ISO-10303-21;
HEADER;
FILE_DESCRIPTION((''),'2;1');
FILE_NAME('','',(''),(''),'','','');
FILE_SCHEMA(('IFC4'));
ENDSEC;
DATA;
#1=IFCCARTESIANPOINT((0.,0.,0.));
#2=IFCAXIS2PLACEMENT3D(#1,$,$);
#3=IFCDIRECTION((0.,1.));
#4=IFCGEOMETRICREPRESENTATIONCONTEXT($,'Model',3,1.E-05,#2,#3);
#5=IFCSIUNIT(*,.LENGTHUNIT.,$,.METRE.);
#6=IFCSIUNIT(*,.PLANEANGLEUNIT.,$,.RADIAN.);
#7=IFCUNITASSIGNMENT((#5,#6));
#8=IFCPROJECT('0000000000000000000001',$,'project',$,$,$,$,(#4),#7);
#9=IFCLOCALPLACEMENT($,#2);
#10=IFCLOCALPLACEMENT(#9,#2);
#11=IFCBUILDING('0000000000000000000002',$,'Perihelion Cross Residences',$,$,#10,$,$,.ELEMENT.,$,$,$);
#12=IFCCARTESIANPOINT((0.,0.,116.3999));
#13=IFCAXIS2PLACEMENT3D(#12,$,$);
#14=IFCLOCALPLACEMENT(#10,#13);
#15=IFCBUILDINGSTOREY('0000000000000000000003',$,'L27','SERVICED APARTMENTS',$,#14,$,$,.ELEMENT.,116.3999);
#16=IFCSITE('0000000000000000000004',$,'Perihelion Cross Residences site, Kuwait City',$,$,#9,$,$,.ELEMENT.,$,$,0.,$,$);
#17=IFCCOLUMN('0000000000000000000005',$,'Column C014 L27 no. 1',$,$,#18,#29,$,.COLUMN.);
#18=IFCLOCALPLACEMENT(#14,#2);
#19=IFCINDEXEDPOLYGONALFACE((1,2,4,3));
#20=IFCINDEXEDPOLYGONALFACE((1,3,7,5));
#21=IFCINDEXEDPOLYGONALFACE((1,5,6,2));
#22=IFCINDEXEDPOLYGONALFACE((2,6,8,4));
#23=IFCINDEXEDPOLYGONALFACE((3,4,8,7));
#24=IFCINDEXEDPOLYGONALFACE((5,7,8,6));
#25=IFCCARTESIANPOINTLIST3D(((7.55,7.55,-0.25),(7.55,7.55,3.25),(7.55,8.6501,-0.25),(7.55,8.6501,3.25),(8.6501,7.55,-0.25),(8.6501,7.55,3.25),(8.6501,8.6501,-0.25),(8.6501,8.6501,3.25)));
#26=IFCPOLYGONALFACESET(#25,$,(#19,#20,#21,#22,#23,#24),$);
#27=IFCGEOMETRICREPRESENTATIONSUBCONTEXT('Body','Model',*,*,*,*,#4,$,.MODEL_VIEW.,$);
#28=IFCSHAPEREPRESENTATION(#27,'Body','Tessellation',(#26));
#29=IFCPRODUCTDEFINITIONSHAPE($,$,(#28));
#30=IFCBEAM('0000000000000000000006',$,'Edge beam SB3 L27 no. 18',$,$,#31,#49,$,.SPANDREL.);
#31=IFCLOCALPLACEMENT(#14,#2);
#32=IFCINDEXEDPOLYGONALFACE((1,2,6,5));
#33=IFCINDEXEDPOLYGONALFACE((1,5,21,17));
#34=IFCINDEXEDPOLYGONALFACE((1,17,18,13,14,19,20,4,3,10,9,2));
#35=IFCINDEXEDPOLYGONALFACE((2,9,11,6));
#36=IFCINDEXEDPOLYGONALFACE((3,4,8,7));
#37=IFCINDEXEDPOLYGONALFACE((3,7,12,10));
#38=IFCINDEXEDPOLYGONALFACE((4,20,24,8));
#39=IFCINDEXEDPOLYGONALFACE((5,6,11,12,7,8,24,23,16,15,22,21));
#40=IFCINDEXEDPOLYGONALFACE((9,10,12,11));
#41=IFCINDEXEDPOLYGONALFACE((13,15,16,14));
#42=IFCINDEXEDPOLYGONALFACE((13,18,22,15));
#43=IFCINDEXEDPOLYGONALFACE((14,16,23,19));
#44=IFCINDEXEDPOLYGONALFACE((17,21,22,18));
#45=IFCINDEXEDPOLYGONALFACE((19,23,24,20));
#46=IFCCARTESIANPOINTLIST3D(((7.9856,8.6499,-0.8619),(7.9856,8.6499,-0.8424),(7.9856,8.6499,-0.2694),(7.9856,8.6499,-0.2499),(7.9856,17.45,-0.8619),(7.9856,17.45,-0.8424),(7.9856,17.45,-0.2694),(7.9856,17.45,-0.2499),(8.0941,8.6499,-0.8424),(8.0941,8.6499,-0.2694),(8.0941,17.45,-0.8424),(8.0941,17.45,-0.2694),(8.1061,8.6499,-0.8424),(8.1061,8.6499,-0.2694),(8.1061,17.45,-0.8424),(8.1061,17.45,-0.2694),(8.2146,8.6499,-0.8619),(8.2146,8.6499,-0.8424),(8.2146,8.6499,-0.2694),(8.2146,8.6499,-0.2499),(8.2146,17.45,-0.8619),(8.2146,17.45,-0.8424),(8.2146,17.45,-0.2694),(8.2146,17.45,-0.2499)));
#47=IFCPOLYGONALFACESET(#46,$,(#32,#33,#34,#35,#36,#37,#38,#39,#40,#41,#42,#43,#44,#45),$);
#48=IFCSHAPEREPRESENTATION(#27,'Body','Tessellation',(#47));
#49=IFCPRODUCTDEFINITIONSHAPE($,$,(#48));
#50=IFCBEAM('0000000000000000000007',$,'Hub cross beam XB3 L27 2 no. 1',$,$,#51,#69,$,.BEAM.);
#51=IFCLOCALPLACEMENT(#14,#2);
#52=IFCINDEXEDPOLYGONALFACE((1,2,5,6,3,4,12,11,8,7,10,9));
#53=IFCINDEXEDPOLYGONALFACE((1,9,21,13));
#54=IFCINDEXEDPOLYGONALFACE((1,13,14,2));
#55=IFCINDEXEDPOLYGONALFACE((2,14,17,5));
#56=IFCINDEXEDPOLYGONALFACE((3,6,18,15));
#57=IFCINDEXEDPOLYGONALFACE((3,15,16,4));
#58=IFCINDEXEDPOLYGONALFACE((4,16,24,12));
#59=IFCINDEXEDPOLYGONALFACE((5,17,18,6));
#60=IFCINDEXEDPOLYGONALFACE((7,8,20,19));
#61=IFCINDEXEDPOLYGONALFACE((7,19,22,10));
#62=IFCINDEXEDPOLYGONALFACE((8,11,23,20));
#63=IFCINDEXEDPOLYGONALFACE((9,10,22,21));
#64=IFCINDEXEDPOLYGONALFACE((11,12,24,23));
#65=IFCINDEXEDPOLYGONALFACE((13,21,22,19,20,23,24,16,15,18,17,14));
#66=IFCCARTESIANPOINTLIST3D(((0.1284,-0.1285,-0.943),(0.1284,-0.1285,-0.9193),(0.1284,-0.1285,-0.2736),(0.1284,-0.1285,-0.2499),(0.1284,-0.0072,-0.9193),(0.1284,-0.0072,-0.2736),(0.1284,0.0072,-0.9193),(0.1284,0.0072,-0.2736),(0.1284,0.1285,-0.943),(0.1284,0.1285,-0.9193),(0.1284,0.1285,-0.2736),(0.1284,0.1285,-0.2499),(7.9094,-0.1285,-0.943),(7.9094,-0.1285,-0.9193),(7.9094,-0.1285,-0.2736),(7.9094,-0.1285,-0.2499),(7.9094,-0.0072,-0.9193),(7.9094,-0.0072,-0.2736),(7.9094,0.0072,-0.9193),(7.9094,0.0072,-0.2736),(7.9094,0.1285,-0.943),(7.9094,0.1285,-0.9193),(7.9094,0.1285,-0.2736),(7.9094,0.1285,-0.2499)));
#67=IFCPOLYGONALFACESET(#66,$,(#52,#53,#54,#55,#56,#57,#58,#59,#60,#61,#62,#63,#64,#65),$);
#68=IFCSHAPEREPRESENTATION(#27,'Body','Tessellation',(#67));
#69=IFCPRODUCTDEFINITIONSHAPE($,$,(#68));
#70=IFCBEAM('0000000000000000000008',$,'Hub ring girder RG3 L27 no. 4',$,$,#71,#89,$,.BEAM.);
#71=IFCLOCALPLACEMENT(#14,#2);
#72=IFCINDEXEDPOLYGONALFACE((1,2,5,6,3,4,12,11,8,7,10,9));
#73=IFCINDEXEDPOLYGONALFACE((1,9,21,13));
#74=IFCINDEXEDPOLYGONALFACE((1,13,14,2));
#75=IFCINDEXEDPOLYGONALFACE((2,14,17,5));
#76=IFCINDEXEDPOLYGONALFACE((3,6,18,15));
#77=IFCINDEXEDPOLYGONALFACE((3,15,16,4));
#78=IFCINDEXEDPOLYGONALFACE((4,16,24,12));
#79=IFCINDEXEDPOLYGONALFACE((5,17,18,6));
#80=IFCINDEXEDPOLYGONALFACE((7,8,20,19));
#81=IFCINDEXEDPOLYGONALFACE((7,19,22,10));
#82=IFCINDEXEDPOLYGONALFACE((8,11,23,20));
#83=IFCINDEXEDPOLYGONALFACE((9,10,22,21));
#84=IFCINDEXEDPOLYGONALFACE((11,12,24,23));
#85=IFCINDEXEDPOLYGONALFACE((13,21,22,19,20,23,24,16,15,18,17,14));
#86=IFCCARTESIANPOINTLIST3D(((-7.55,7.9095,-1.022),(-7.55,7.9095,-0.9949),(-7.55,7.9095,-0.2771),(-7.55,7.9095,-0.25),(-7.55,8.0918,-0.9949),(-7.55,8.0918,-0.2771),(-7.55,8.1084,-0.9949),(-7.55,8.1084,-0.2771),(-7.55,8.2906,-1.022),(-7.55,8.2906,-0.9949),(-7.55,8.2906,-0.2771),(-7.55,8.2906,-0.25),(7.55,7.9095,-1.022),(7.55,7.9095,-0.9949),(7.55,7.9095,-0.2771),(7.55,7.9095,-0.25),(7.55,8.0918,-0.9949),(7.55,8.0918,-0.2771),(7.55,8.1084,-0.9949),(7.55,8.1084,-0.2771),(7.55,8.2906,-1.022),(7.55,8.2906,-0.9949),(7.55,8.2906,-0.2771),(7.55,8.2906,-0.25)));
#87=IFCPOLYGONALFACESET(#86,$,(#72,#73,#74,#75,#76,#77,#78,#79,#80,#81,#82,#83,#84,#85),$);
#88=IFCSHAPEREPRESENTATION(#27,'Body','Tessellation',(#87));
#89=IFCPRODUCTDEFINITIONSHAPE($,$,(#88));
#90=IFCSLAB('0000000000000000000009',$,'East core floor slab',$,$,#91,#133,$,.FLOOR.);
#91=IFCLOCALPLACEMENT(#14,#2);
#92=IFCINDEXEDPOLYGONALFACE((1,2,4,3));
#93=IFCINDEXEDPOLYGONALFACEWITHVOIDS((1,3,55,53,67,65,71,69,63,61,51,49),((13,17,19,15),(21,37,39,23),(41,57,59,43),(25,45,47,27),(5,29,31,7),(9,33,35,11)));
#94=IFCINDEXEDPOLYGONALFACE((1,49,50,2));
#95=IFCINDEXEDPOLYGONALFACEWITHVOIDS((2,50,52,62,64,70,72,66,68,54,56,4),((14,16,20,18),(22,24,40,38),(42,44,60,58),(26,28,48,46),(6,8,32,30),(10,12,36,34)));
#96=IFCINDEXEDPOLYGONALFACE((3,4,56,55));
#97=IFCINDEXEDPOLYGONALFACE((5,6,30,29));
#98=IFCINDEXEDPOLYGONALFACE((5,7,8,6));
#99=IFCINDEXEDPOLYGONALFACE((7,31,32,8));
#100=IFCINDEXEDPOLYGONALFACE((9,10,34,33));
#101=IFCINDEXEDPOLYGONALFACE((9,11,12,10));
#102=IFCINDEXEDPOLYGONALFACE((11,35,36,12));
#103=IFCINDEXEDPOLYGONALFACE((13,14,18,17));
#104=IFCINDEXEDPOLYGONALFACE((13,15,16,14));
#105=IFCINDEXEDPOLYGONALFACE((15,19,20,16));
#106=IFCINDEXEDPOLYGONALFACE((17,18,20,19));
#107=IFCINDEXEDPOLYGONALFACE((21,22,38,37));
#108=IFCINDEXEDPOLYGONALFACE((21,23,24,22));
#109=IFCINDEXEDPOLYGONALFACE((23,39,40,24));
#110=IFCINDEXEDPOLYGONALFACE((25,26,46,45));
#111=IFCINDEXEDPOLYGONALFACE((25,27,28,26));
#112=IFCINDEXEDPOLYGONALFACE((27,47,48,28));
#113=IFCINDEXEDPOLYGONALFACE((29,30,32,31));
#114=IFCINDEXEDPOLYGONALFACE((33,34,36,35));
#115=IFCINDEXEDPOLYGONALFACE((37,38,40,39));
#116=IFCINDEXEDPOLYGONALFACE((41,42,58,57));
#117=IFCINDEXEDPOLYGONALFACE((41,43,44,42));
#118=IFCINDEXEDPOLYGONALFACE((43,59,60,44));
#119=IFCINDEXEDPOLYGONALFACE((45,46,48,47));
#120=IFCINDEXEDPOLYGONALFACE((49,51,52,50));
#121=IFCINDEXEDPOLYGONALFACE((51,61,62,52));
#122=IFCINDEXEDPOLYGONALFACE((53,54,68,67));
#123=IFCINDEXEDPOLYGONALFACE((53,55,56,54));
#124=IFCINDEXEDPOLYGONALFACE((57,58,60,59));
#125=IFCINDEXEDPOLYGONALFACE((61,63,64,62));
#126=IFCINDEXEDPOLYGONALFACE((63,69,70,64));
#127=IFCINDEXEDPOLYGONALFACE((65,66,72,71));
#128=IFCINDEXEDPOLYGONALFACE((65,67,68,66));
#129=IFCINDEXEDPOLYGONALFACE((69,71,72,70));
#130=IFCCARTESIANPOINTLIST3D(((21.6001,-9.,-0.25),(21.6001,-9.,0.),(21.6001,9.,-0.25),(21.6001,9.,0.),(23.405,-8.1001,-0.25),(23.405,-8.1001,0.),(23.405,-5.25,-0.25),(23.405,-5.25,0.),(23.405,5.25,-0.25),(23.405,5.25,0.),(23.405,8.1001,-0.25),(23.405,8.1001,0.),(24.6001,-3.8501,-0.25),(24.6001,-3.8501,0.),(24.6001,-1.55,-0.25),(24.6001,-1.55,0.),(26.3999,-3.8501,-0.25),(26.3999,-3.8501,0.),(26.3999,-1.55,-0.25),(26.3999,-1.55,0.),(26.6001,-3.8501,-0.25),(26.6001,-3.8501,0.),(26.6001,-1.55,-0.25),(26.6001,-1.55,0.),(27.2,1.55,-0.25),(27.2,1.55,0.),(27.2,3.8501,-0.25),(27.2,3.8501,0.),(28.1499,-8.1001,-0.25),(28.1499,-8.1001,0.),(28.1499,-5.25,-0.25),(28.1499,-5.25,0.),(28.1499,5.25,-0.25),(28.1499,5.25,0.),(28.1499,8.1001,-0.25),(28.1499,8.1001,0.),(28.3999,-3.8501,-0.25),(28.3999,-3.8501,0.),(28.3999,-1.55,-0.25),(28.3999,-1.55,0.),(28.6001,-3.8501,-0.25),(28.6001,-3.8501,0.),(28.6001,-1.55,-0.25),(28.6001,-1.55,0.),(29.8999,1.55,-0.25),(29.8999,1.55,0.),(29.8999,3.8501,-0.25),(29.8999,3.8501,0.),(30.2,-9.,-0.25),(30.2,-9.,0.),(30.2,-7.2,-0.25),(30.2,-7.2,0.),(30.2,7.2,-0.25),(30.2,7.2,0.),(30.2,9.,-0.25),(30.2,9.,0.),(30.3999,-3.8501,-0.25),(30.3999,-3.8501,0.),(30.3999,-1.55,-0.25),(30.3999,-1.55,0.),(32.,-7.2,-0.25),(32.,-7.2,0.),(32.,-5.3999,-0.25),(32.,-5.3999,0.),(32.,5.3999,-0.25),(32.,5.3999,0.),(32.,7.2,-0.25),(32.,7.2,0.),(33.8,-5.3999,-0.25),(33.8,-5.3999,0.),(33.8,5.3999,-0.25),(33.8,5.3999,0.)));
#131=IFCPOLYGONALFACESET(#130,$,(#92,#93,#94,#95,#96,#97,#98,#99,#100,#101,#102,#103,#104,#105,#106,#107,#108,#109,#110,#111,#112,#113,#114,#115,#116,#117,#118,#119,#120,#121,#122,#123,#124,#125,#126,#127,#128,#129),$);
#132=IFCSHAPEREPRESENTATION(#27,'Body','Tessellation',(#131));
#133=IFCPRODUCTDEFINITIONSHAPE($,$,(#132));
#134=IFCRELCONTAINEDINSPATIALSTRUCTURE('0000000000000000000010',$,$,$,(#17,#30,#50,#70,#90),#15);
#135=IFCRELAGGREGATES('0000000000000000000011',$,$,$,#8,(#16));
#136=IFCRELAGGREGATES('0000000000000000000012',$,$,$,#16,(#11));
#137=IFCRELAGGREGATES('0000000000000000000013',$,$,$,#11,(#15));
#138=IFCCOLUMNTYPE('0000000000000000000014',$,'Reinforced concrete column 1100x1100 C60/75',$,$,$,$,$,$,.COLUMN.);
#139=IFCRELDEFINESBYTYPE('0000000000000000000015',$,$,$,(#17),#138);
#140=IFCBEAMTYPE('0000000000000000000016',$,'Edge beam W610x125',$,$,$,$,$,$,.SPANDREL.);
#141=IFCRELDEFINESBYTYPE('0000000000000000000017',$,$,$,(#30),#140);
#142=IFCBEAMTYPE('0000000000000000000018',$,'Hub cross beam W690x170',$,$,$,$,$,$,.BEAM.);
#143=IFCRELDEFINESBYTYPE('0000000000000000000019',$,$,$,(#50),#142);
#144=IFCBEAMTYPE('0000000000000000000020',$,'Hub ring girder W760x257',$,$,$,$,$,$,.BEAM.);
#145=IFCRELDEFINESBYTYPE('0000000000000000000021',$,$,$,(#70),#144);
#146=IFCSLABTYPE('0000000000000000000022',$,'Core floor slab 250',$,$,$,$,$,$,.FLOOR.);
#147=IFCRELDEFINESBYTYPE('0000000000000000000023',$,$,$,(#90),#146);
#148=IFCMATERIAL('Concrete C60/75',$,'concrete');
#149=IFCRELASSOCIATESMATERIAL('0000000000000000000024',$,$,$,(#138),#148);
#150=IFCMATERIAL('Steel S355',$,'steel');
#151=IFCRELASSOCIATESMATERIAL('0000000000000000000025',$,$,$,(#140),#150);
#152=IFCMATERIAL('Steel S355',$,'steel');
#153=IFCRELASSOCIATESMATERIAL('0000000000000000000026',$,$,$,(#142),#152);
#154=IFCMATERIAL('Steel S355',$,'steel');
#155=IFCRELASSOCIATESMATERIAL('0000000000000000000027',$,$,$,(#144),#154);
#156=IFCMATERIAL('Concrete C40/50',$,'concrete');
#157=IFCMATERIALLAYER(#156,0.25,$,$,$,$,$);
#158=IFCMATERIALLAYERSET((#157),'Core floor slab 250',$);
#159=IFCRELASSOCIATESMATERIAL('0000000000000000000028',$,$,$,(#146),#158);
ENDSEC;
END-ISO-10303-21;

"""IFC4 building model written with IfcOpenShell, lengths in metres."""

from ifc_helpers import new_model, si_unit, direction, frame, origin, origin_2d, place, context, subcontext, project, spatial, polyline, rectangle, i_section, outline, extrude, material, layer, layer_set, material_profile, profile_set, type_object, element, save


model = new_model("IFC4")

# Units and contexts
model_context = context("Model", 3, precision=1e-05, world=origin(), true_north=direction((0.0, 1.0)))
body_context = subcontext(model_context, "Body", "Model", "MODEL_VIEW")
ifc_project = project(units=[si_unit("LENGTHUNIT", "METRE"), si_unit("PLANEANGLEUNIT", "RADIAN")], contexts=[model_context])

# Site, building, storey
site_placement = place(None, origin())
site = spatial("IfcSite", under=ifc_project, at=site_placement, Name="Perihelion Cross Residences site, Kuwait City", CompositionType="ELEMENT", RefElevation=0.0)
building_placement = place(site_placement, origin())
building = spatial("IfcBuilding", under=site, at=building_placement, Name="Perihelion Cross Residences", CompositionType="ELEMENT")
storey_placement = place(building_placement, frame((0.0, 0.0, 116.3999)))
storey = spatial("IfcBuildingStorey", under=building, at=storey_placement, Name="L27", Description="SERVICED APARTMENTS", CompositionType="ELEMENT", Elevation=116.3999)

# Column
ifc_material_1 = material(Name="Concrete C60/75", Category="concrete")
ifc_material_profile_1 = material_profile(ifc_material_1, rectangle(XDim=1.1001, YDim=1.1001, at=origin_2d()), Name="RC 1100x1100")
ifc_profile_set_1 = profile_set([ifc_material_profile_1], Name="Concrete C60/75")
column_type = type_object("IfcColumnType", Name="Reinforced concrete column 1100x1100 C60/75", PredefinedType="COLUMN", material=ifc_profile_set_1)
column_placement = place(storey_placement, frame((8.1001, 8.1001, -0.25), z_axis=(0.0, 0.0, 1.0), x_axis=(1.0, 0.0, 0.0)))
element("IfcColumn", 1, at=column_placement, inside=storey, type_object=column_type, Name="Column C014 L27 no. 1", PredefinedType="COLUMN", context=body_context, shape_type="SweptSolid", body=[
    extrude(rectangle(XDim=1.1001, YDim=1.1001, at=origin_2d()), origin(), (0.0, 0.0, 1.0), 3.5),
])

# Beams
ifc_material_2 = material(Name="Steel S355", Category="steel")
ifc_material_profile_2 = material_profile(ifc_material_2, i_section(OverallWidth=0.229, OverallDepth=0.6121, WebThickness=0.012, FlangeThickness=0.0195, at=origin_2d()), Name="W610x125")
ifc_profile_set_2 = profile_set([ifc_material_profile_2], Name="Steel S355")
beam_type_1 = type_object("IfcBeamType", Name="Edge beam W610x125", PredefinedType="SPANDREL", material=ifc_profile_set_2)
beam_1_placement = place(storey_placement, frame((8.1001, 8.6499, -0.5559), z_axis=(0.0, 1.0, 0.0), x_axis=(-1.0, 0.0, 0.0)))
element("IfcBeam", 2, at=beam_1_placement, inside=storey, type_object=beam_type_1, Name="Edge beam SB3 L27 no. 18", PredefinedType="SPANDREL", context=body_context, shape_type="SweptSolid", body=[
    extrude(i_section(OverallWidth=0.229, OverallDepth=0.6121, WebThickness=0.012, FlangeThickness=0.0195, at=origin_2d()), origin(), (0.0, 0.0, 1.0), 8.8),
])
ifc_material_3 = material(Name="Steel S355", Category="steel")
ifc_material_profile_3 = material_profile(ifc_material_3, i_section(OverallWidth=0.2571, OverallDepth=0.6931, WebThickness=0.0144, FlangeThickness=0.0237, at=origin_2d()), Name="W690x170")
ifc_profile_set_3 = profile_set([ifc_material_profile_3], Name="Steel S355")
beam_type_2 = type_object("IfcBeamType", Name="Hub cross beam W690x170", PredefinedType="BEAM", material=ifc_profile_set_3)
beam_2_placement = place(storey_placement, frame((0.1284, 0.0, -0.5964), z_axis=(1.0, 0.0, 0.0), x_axis=(0.0, 1.0, 0.0)))
element("IfcBeam", 3, at=beam_2_placement, inside=storey, type_object=beam_type_2, Name="Hub cross beam XB3 L27 2 no. 1", PredefinedType="BEAM", context=body_context, shape_type="SweptSolid", body=[
    extrude(i_section(OverallWidth=0.2571, OverallDepth=0.6931, WebThickness=0.0144, FlangeThickness=0.0237, at=origin_2d()), origin(), (0.0, 0.0, 1.0), 7.781),
])
ifc_material_4 = material(Name="Steel S355", Category="steel")
ifc_material_profile_4 = material_profile(ifc_material_4, i_section(OverallWidth=0.3811, OverallDepth=0.772, WebThickness=0.0166, FlangeThickness=0.0271, at=origin_2d()), Name="W760x257")
ifc_profile_set_4 = profile_set([ifc_material_profile_4], Name="Steel S355")
beam_type_3 = type_object("IfcBeamType", Name="Hub ring girder W760x257", PredefinedType="BEAM", material=ifc_profile_set_4)
beam_3_placement = place(storey_placement, frame((7.55, 8.1001, -0.636), z_axis=(-1.0, 0.0, 0.0), x_axis=(0.0, -1.0, 0.0)))
element("IfcBeam", 4, at=beam_3_placement, inside=storey, type_object=beam_type_3, Name="Hub ring girder RG3 L27 no. 4", PredefinedType="BEAM", context=body_context, shape_type="SweptSolid", body=[
    extrude(i_section(OverallWidth=0.3811, OverallDepth=0.772, WebThickness=0.0166, FlangeThickness=0.0271, at=origin_2d()), origin(), (0.0, 0.0, 1.0), 15.1001),
])

# Slab
ifc_material_5 = material(Name="Concrete C40/50", Category="concrete")
ifc_layer_1 = layer(ifc_material_5, 0.25)
ifc_layer_set_1 = layer_set([ifc_layer_1], Name="Core floor slab 250")
slab_type = type_object("IfcSlabType", Name="Core floor slab 250", PredefinedType="FLOOR", material=ifc_layer_set_1)
slab_1_placement = place(storey_placement, frame((0.0, 0.0, -0.25)))
element("IfcSlab", 5, at=slab_1_placement, inside=storey, type_object=slab_type, Name="East core floor slab", PredefinedType="FLOOR", context=body_context, shape_type="SweptSolid", body=[
    extrude(outline(polyline([(30.2, 7.2), (32.0, 7.2), (32.0, 5.3999), (33.8, 5.3999), (33.8, -5.3999), (32.0, -5.3999), (32.0, -7.2), (30.2, -7.2), (30.2, -9.0), (21.6001, -9.0), (21.6001, 9.0), (30.2, 9.0), (30.2, 7.2)]), holes=[polyline([(28.1499, -8.1001), (28.1499, -5.25), (23.405, -5.25), (23.405, -8.1001), (28.1499, -8.1001)]), polyline([(24.6001, -1.55), (24.6001, -3.8501), (26.3999, -3.8501), (26.3999, -1.55), (24.6001, -1.55)]), polyline([(26.6001, -1.55), (26.6001, -3.8501), (28.3999, -3.8501), (28.3999, -1.55), (26.6001, -1.55)]), polyline([(28.6001, -3.8501), (30.3999, -3.8501), (30.3999, -1.55), (28.6001, -1.55), (28.6001, -3.8501)]), polyline([(27.2, 3.8501), (27.2, 1.55), (29.8999, 1.55), (29.8999, 3.8501), (27.2, 3.8501)]), polyline([(23.405, 5.25), (28.1499, 5.25), (28.1499, 8.1001), (23.405, 8.1001), (23.405, 5.25)])]), origin(), (0.0, 0.0, 1.0), 0.25),
])

save(model, "model.ifc")
